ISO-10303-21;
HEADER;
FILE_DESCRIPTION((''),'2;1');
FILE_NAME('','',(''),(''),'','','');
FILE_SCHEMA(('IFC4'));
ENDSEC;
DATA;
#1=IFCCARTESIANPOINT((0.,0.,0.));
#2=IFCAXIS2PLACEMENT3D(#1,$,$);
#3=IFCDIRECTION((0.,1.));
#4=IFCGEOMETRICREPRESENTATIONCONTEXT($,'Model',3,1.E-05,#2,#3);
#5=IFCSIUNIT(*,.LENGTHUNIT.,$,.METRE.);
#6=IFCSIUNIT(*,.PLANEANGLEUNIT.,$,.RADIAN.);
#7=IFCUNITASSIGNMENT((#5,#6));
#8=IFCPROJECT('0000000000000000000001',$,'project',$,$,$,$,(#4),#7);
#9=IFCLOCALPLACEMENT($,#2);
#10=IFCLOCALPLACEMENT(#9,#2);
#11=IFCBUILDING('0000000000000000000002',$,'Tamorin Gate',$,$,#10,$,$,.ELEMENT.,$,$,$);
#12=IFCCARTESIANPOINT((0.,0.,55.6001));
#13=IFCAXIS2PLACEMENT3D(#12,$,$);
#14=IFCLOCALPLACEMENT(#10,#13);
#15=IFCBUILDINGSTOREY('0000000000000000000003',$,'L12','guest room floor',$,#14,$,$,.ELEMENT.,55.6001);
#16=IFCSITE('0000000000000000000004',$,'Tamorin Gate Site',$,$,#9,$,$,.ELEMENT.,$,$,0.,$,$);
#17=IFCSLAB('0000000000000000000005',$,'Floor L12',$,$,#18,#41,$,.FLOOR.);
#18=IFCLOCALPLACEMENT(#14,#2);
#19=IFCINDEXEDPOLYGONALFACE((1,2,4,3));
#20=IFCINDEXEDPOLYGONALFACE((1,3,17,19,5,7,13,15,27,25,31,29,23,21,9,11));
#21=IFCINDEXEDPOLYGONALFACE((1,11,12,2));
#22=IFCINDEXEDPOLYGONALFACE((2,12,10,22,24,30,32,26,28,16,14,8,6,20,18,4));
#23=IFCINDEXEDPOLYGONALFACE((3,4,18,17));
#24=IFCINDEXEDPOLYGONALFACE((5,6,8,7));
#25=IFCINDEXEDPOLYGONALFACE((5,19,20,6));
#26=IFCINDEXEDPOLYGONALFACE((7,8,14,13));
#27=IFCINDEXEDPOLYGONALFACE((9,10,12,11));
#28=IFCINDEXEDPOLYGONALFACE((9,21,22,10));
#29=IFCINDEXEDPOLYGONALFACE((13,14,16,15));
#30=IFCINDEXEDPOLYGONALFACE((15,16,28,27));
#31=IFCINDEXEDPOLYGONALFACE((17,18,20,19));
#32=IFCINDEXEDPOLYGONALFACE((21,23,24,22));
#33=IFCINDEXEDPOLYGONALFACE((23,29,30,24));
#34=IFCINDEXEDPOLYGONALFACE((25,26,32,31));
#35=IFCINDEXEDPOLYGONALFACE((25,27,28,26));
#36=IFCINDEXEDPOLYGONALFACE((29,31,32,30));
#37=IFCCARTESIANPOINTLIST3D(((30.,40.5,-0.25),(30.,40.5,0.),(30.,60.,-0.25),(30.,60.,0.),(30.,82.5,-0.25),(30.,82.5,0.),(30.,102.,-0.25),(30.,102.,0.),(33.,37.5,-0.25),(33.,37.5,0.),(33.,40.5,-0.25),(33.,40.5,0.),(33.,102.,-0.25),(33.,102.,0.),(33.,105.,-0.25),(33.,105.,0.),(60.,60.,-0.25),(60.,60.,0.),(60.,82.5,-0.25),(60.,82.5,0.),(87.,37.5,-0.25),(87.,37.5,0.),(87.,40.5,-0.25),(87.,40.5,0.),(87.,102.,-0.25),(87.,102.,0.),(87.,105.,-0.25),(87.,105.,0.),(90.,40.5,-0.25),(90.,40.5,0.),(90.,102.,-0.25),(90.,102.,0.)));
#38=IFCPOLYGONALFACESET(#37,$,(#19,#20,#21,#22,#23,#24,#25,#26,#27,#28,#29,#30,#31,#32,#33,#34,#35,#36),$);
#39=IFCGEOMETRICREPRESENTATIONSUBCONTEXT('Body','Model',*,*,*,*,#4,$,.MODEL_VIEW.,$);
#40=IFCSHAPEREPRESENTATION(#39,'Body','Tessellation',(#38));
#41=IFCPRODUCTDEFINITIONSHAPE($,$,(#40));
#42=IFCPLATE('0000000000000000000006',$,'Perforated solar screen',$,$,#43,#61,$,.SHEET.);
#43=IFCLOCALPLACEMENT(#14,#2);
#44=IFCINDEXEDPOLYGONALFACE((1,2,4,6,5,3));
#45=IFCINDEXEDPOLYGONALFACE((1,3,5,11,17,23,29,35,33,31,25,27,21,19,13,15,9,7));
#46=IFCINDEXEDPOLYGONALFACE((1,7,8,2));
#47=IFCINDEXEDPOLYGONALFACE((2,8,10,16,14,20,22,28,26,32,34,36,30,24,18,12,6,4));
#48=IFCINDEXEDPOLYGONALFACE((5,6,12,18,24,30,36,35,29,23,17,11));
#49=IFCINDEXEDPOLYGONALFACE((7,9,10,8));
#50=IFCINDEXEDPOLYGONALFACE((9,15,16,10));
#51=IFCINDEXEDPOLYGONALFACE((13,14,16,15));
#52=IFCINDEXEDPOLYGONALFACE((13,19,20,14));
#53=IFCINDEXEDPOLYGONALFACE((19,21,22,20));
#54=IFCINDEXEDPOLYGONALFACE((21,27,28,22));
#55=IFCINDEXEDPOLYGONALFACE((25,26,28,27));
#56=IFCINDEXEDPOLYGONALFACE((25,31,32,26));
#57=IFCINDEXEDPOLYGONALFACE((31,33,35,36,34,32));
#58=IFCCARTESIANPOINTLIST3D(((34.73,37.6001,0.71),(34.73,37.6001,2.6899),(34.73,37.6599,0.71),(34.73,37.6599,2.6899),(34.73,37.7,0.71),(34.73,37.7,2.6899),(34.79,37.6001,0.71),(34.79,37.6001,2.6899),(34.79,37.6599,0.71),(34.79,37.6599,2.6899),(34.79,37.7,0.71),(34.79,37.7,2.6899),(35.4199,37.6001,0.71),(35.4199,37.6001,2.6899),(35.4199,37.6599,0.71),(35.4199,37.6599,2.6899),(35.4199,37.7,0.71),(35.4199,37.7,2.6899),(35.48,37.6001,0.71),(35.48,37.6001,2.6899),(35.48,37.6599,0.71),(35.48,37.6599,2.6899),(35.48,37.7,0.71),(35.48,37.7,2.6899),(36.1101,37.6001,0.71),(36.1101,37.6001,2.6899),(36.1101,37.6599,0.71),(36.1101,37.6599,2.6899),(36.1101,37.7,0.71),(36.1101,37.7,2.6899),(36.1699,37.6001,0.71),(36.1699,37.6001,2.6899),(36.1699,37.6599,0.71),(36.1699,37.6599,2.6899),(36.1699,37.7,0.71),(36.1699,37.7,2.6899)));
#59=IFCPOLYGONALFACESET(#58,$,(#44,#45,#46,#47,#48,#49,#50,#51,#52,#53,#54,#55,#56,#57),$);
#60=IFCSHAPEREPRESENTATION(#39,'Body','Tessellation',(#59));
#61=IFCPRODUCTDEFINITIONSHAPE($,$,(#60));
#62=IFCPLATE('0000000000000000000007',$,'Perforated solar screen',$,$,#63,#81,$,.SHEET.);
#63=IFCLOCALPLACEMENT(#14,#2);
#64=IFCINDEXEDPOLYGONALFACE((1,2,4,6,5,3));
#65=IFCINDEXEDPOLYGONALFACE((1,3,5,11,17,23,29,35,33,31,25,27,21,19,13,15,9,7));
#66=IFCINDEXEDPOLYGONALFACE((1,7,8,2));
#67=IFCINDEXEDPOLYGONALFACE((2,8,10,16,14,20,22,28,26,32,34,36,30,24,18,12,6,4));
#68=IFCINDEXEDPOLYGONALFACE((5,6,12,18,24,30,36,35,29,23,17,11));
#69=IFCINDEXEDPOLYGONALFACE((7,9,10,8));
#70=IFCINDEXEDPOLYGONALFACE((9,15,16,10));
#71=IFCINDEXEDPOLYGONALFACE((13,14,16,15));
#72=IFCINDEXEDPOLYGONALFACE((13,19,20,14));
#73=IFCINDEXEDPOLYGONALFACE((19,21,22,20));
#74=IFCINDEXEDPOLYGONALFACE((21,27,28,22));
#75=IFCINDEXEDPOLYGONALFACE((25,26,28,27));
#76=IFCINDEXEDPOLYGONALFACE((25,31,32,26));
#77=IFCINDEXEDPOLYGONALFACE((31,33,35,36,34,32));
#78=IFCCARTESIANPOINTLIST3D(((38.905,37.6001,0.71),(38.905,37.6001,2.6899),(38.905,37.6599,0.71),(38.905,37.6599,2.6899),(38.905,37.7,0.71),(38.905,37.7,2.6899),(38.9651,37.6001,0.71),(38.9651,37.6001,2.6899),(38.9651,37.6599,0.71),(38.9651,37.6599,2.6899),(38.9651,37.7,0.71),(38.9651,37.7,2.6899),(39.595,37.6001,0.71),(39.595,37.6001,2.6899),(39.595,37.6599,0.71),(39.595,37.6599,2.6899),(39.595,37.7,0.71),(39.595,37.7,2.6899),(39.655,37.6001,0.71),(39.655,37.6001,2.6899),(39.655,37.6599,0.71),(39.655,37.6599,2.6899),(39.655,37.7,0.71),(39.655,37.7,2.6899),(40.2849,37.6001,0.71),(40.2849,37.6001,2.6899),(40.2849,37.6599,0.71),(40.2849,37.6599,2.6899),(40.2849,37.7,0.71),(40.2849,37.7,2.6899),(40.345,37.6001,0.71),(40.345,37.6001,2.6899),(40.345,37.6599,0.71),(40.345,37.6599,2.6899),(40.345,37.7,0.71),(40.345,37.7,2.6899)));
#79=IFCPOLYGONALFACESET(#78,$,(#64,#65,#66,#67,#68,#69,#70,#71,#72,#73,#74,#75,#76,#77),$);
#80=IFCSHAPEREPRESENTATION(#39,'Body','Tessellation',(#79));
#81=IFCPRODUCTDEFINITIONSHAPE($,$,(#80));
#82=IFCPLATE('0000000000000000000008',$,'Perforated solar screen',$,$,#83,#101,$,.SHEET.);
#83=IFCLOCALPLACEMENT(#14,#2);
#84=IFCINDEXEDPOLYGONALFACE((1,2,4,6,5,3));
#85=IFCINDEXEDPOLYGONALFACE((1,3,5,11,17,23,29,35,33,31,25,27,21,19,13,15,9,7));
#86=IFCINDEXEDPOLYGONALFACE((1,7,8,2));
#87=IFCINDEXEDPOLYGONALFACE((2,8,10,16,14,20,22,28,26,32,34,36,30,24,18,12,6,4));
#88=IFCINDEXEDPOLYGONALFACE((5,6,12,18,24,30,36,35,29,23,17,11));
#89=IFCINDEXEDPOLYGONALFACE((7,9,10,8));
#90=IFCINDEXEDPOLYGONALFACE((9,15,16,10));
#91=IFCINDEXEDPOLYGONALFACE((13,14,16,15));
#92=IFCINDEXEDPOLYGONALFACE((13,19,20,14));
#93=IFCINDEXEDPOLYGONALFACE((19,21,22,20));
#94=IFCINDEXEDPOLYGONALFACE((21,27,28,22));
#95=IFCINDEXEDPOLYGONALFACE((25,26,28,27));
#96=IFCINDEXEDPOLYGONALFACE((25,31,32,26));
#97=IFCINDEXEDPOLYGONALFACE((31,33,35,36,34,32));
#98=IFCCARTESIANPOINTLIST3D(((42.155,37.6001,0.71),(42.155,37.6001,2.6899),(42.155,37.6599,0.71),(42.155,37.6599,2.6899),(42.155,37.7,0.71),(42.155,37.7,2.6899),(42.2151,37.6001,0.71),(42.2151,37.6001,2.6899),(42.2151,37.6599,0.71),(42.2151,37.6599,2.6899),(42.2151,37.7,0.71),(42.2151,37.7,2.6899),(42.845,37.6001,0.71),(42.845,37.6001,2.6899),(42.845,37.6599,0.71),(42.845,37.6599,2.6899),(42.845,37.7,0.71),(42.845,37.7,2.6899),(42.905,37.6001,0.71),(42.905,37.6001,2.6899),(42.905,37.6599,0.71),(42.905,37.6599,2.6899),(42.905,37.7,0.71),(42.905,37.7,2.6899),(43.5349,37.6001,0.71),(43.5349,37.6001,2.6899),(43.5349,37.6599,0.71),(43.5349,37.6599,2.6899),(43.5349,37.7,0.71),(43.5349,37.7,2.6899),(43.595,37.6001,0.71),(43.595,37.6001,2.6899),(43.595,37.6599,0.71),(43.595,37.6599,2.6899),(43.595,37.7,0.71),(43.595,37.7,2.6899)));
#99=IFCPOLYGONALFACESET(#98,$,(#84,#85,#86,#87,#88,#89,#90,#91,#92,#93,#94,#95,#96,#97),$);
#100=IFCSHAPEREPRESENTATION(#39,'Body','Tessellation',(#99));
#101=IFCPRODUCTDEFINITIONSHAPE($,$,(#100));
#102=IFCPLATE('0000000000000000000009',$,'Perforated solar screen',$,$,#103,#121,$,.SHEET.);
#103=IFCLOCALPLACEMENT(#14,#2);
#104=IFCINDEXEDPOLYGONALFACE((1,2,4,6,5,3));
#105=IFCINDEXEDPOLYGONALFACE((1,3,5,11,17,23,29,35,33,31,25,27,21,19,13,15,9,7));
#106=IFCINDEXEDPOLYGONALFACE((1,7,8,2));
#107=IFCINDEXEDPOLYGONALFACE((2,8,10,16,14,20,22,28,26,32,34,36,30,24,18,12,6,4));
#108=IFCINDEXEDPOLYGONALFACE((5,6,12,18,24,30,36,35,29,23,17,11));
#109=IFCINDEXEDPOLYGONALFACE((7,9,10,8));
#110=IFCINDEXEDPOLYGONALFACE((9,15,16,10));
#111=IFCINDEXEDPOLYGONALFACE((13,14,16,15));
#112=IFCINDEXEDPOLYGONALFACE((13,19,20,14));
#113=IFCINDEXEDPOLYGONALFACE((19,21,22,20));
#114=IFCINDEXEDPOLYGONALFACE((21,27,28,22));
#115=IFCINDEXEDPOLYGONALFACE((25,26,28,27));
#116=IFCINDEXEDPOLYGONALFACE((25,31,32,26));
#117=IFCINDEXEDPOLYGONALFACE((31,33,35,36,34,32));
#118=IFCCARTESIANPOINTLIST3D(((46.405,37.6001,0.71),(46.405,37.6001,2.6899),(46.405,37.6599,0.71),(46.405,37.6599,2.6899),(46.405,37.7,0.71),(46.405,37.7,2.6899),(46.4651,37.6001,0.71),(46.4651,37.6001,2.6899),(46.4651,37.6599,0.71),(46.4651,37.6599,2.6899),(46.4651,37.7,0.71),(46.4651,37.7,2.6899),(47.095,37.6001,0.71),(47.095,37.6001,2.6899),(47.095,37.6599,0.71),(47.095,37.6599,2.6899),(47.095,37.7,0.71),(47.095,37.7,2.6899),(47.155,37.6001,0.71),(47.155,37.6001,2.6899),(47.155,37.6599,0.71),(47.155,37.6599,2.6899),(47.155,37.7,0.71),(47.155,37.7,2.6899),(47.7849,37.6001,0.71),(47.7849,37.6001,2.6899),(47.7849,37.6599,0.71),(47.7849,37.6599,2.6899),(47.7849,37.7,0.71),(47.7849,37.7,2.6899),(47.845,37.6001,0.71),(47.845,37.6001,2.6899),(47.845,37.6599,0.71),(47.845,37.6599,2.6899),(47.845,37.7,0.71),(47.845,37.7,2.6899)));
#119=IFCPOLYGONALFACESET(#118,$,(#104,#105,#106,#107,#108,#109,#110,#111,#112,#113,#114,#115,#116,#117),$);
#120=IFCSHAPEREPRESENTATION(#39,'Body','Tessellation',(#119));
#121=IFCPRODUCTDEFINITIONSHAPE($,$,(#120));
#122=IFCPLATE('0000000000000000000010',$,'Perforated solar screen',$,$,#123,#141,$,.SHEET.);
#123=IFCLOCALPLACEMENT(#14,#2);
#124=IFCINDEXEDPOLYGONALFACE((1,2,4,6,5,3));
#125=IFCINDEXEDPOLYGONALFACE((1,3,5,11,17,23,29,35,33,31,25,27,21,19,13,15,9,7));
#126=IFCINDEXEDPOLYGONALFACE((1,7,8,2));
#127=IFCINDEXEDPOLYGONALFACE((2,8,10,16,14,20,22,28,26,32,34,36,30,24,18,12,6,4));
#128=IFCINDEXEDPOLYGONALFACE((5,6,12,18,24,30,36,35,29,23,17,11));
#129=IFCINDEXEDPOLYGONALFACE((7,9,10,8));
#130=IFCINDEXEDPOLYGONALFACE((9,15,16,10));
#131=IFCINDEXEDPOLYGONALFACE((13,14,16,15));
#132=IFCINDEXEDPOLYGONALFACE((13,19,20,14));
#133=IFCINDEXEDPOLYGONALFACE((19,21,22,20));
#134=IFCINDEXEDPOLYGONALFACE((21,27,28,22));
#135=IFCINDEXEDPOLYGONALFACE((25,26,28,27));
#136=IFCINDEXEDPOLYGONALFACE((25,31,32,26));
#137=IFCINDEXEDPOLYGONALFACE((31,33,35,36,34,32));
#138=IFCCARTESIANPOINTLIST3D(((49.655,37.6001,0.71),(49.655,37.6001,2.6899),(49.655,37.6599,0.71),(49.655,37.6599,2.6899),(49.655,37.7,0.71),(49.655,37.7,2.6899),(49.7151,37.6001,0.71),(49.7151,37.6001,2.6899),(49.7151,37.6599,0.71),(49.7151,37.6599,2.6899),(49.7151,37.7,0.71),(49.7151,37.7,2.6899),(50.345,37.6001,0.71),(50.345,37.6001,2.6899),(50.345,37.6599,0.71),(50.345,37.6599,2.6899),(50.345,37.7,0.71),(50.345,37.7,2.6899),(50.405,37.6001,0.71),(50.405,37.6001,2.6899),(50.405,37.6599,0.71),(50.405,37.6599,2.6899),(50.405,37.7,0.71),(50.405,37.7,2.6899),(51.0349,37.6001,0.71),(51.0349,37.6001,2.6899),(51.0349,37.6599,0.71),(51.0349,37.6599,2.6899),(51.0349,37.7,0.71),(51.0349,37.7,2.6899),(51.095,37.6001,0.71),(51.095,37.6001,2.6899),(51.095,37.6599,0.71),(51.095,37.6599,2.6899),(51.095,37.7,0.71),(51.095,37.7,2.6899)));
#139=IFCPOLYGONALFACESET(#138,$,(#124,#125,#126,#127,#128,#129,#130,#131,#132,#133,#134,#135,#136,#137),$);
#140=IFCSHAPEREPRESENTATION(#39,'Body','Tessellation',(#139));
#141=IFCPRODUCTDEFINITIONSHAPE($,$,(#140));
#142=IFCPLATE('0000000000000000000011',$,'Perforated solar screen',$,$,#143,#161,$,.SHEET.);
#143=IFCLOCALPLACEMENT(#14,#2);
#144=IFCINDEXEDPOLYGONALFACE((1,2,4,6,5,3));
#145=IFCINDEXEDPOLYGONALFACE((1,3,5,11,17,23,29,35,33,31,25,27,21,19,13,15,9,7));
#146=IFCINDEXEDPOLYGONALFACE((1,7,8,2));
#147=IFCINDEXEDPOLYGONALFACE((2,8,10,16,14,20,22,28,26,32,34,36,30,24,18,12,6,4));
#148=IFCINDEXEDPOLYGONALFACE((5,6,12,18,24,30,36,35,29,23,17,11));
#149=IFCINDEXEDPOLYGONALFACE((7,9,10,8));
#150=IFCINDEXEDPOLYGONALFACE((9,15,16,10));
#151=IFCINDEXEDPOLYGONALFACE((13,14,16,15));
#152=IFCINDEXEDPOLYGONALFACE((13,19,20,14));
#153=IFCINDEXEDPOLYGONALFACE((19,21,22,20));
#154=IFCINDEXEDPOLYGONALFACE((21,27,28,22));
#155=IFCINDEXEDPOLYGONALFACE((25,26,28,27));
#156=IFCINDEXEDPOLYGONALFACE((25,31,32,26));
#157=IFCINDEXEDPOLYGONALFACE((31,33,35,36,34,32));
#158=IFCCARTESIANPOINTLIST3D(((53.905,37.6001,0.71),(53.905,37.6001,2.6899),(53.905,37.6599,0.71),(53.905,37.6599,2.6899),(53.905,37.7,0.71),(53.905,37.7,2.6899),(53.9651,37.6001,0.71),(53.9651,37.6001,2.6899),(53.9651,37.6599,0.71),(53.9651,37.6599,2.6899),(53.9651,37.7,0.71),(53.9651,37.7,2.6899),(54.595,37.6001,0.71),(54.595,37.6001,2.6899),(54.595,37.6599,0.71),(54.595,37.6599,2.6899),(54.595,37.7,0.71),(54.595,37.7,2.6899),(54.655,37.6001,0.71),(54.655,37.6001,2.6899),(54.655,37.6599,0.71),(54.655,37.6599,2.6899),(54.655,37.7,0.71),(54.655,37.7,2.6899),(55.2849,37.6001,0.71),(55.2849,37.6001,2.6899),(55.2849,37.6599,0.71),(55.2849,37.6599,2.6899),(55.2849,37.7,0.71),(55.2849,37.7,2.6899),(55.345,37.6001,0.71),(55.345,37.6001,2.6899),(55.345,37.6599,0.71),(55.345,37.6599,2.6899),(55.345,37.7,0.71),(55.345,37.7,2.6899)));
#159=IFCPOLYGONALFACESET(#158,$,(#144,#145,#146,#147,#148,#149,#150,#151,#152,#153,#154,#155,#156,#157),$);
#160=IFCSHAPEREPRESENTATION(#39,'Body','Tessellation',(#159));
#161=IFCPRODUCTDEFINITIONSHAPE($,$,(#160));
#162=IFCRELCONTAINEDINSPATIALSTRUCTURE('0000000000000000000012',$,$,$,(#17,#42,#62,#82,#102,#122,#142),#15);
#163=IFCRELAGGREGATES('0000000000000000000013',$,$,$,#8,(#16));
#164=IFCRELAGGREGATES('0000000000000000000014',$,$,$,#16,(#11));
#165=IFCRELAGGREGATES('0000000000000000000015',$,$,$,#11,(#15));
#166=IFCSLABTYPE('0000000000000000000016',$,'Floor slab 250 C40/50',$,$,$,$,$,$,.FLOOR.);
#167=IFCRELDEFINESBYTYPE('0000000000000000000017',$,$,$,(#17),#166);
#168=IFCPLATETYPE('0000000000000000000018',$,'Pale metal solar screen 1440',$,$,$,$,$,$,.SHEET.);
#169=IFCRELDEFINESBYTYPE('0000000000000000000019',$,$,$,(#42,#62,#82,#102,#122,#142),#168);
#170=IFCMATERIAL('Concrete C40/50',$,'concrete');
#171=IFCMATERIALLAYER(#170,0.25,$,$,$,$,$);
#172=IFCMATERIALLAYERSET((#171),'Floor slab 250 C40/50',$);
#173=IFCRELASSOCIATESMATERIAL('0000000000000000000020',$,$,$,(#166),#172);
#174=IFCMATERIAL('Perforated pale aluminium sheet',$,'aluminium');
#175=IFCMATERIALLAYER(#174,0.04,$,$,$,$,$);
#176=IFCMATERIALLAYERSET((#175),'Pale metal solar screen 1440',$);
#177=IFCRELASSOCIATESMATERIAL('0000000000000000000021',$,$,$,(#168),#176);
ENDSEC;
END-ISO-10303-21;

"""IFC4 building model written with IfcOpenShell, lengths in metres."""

from ifc_helpers import new_model, si_unit, direction, frame, origin, place, context, subcontext, project, spatial, polyline, outline, extrude, material, layer, layer_set, type_object, element, save


model = new_model("IFC4")

# Units and contexts
model_context = context("Model", 3, precision=1e-05, world=origin(), true_north=direction((0.0, 1.0)))
body_context = subcontext(model_context, "Body", "Model", "MODEL_VIEW")
ifc_project = project(units=[si_unit("LENGTHUNIT", "METRE"), si_unit("PLANEANGLEUNIT", "RADIAN")], contexts=[model_context])

# Site, building, storey
site_placement = place(None, origin())
site = spatial("IfcSite", under=ifc_project, at=site_placement, Name="Tamorin Gate Site", CompositionType="ELEMENT", RefElevation=0.0)
building_placement = place(site_placement, origin())
building = spatial("IfcBuilding", under=site, at=building_placement, Name="Tamorin Gate", CompositionType="ELEMENT")
storey_placement = place(building_placement, frame((0.0, 0.0, 55.6001)))
storey = spatial("IfcBuildingStorey", under=building, at=storey_placement, Name="L12", Description="guest room floor", CompositionType="ELEMENT", Elevation=55.6001)

# Slab
ifc_material_1 = material(Name="Concrete C40/50", Category="concrete")
ifc_layer_1 = layer(ifc_material_1, 0.25)
ifc_layer_set_1 = layer_set([ifc_layer_1], Name="Floor slab 250 C40/50")
slab_type = type_object("IfcSlabType", Name="Floor slab 250 C40/50", PredefinedType="FLOOR", material=ifc_layer_set_1)
slab_placement = place(storey_placement, frame((0.0, 0.0, -0.25)))
element("IfcSlab", 1, at=slab_placement, inside=storey, type_object=slab_type, Name="Floor L12", PredefinedType="FLOOR", context=body_context, shape_type="SweptSolid", body=[
    extrude(outline(polyline([(30.0, 102.0), (33.0, 102.0), (33.0, 105.0), (87.0, 105.0), (87.0, 102.0), (90.0, 102.0), (90.0, 40.5), (87.0, 40.5), (87.0, 37.5), (33.0, 37.5), (33.0, 40.5), (30.0, 40.5), (30.0, 60.0), (60.0, 60.0), (60.0, 82.5), (30.0, 82.5), (30.0, 102.0)])), origin(), (0.0, 0.0, 1.0), 0.25),
])

# Plates
ifc_material_2 = material(Name="Perforated pale aluminium sheet", Category="aluminium")
ifc_layer_2 = layer(ifc_material_2, 0.04)
ifc_layer_set_2 = layer_set([ifc_layer_2], Name="Pale metal solar screen 1440")
plate_type = type_object("IfcPlateType", Name="Pale metal solar screen 1440", PredefinedType="SHEET", material=ifc_layer_set_2)
plate_1_placement = place(storey_placement, frame((0.0, 0.0, 0.71)))
element("IfcPlate", 2, at=plate_1_placement, inside=storey, type_object=plate_type, Name="Perforated solar screen", PredefinedType="SHEET", context=body_context, shape_type="SweptSolid", body=[
    extrude(outline(polyline([(34.73, 37.6599), (34.73, 37.7), (34.79, 37.7), (35.4199, 37.7), (35.48, 37.7), (36.1101, 37.7), (36.1699, 37.7), (36.1699, 37.6599), (36.1699, 37.6001), (36.1101, 37.6001), (36.1101, 37.6599), (35.48, 37.6599), (35.48, 37.6001), (35.4199, 37.6001), (35.4199, 37.6599), (34.79, 37.6599), (34.79, 37.6001), (34.73, 37.6001), (34.73, 37.6599)])), origin(), (0.0, 0.0, 1.0), 1.98),
])
plate_2_placement = place(storey_placement, frame((0.0, 0.0, 0.71)))
element("IfcPlate", 3, at=plate_2_placement, inside=storey, type_object=plate_type, Name="Perforated solar screen", PredefinedType="SHEET", context=body_context, shape_type="SweptSolid", body=[
    extrude(outline(polyline([(38.905, 37.6599), (38.905, 37.7), (38.9651, 37.7), (39.595, 37.7), (39.655, 37.7), (40.2849, 37.7), (40.345, 37.7), (40.345, 37.7), (40.345, 37.6599), (40.345, 37.6599), (40.345, 37.6001), (40.2849, 37.6001), (40.2849, 37.6599), (39.655, 37.6599), (39.655, 37.6001), (39.595, 37.6001), (39.595, 37.6599), (38.9651, 37.6599), (38.9651, 37.6001), (38.905, 37.6001), (38.905, 37.6599)])), origin(), (0.0, 0.0, 1.0), 1.98),
])
plate_3_placement = place(storey_placement, frame((0.0, 0.0, 0.71)))
element("IfcPlate", 4, at=plate_3_placement, inside=storey, type_object=plate_type, Name="Perforated solar screen", PredefinedType="SHEET", context=body_context, shape_type="SweptSolid", body=[
    extrude(outline(polyline([(42.155, 37.6599), (42.155, 37.7), (42.2151, 37.7), (42.845, 37.7), (42.905, 37.7), (43.5349, 37.7), (43.595, 37.7), (43.595, 37.6599), (43.595, 37.6001), (43.5349, 37.6001), (43.5349, 37.6599), (42.905, 37.6599), (42.905, 37.6001), (42.845, 37.6001), (42.845, 37.6599), (42.2151, 37.6599), (42.2151, 37.6001), (42.155, 37.6001), (42.155, 37.6599)])), origin(), (0.0, 0.0, 1.0), 1.98),
])
plate_4_placement = place(storey_placement, frame((0.0, 0.0, 0.71)))
element("IfcPlate", 5, at=plate_4_placement, inside=storey, type_object=plate_type, Name="Perforated solar screen", PredefinedType="SHEET", context=body_context, shape_type="SweptSolid", body=[
    extrude(outline(polyline([(46.405, 37.6599), (46.405, 37.7), (46.4651, 37.7), (47.095, 37.7), (47.155, 37.7), (47.7849, 37.7), (47.845, 37.7), (47.845, 37.6599), (47.845, 37.6001), (47.7849, 37.6001), (47.7849, 37.6599), (47.155, 37.6599), (47.155, 37.6001), (47.095, 37.6001), (47.095, 37.6599), (46.4651, 37.6599), (46.4651, 37.6001), (46.405, 37.6001), (46.405, 37.6599)])), origin(), (0.0, 0.0, 1.0), 1.98),
])
plate_5_placement = place(storey_placement, frame((0.0, 0.0, 0.71)))
element("IfcPlate", 6, at=plate_5_placement, inside=storey, type_object=plate_type, Name="Perforated solar screen", PredefinedType="SHEET", context=body_context, shape_type="SweptSolid", body=[
    extrude(outline(polyline([(49.655, 37.6599), (49.655, 37.7), (49.7151, 37.7), (50.345, 37.7), (50.405, 37.7), (51.0349, 37.7), (51.095, 37.7), (51.095, 37.6599), (51.095, 37.6001), (51.0349, 37.6001), (51.0349, 37.6599), (50.405, 37.6599), (50.405, 37.6001), (50.345, 37.6001), (50.345, 37.6599), (49.7151, 37.6599), (49.7151, 37.6001), (49.655, 37.6001), (49.655, 37.6599)])), origin(), (0.0, 0.0, 1.0), 1.98),
])
plate_6_placement = place(storey_placement, frame((0.0, 0.0, 0.71)))
element("IfcPlate", 7, at=plate_6_placement, inside=storey, type_object=plate_type, Name="Perforated solar screen", PredefinedType="SHEET", context=body_context, shape_type="SweptSolid", body=[
    extrude(outline(polyline([(53.905, 37.6599), (53.905, 37.7), (53.9651, 37.7), (54.595, 37.7), (54.655, 37.7), (55.2849, 37.7), (55.345, 37.7), (55.345, 37.6599), (55.345, 37.6001), (55.2849, 37.6001), (55.2849, 37.6599), (54.655, 37.6599), (54.655, 37.6001), (54.595, 37.6001), (54.595, 37.6599), (53.9651, 37.6599), (53.9651, 37.6001), (53.905, 37.6001), (53.905, 37.6599)])), origin(), (0.0, 0.0, 1.0), 1.98),
])

save(model, "model.ifc")
